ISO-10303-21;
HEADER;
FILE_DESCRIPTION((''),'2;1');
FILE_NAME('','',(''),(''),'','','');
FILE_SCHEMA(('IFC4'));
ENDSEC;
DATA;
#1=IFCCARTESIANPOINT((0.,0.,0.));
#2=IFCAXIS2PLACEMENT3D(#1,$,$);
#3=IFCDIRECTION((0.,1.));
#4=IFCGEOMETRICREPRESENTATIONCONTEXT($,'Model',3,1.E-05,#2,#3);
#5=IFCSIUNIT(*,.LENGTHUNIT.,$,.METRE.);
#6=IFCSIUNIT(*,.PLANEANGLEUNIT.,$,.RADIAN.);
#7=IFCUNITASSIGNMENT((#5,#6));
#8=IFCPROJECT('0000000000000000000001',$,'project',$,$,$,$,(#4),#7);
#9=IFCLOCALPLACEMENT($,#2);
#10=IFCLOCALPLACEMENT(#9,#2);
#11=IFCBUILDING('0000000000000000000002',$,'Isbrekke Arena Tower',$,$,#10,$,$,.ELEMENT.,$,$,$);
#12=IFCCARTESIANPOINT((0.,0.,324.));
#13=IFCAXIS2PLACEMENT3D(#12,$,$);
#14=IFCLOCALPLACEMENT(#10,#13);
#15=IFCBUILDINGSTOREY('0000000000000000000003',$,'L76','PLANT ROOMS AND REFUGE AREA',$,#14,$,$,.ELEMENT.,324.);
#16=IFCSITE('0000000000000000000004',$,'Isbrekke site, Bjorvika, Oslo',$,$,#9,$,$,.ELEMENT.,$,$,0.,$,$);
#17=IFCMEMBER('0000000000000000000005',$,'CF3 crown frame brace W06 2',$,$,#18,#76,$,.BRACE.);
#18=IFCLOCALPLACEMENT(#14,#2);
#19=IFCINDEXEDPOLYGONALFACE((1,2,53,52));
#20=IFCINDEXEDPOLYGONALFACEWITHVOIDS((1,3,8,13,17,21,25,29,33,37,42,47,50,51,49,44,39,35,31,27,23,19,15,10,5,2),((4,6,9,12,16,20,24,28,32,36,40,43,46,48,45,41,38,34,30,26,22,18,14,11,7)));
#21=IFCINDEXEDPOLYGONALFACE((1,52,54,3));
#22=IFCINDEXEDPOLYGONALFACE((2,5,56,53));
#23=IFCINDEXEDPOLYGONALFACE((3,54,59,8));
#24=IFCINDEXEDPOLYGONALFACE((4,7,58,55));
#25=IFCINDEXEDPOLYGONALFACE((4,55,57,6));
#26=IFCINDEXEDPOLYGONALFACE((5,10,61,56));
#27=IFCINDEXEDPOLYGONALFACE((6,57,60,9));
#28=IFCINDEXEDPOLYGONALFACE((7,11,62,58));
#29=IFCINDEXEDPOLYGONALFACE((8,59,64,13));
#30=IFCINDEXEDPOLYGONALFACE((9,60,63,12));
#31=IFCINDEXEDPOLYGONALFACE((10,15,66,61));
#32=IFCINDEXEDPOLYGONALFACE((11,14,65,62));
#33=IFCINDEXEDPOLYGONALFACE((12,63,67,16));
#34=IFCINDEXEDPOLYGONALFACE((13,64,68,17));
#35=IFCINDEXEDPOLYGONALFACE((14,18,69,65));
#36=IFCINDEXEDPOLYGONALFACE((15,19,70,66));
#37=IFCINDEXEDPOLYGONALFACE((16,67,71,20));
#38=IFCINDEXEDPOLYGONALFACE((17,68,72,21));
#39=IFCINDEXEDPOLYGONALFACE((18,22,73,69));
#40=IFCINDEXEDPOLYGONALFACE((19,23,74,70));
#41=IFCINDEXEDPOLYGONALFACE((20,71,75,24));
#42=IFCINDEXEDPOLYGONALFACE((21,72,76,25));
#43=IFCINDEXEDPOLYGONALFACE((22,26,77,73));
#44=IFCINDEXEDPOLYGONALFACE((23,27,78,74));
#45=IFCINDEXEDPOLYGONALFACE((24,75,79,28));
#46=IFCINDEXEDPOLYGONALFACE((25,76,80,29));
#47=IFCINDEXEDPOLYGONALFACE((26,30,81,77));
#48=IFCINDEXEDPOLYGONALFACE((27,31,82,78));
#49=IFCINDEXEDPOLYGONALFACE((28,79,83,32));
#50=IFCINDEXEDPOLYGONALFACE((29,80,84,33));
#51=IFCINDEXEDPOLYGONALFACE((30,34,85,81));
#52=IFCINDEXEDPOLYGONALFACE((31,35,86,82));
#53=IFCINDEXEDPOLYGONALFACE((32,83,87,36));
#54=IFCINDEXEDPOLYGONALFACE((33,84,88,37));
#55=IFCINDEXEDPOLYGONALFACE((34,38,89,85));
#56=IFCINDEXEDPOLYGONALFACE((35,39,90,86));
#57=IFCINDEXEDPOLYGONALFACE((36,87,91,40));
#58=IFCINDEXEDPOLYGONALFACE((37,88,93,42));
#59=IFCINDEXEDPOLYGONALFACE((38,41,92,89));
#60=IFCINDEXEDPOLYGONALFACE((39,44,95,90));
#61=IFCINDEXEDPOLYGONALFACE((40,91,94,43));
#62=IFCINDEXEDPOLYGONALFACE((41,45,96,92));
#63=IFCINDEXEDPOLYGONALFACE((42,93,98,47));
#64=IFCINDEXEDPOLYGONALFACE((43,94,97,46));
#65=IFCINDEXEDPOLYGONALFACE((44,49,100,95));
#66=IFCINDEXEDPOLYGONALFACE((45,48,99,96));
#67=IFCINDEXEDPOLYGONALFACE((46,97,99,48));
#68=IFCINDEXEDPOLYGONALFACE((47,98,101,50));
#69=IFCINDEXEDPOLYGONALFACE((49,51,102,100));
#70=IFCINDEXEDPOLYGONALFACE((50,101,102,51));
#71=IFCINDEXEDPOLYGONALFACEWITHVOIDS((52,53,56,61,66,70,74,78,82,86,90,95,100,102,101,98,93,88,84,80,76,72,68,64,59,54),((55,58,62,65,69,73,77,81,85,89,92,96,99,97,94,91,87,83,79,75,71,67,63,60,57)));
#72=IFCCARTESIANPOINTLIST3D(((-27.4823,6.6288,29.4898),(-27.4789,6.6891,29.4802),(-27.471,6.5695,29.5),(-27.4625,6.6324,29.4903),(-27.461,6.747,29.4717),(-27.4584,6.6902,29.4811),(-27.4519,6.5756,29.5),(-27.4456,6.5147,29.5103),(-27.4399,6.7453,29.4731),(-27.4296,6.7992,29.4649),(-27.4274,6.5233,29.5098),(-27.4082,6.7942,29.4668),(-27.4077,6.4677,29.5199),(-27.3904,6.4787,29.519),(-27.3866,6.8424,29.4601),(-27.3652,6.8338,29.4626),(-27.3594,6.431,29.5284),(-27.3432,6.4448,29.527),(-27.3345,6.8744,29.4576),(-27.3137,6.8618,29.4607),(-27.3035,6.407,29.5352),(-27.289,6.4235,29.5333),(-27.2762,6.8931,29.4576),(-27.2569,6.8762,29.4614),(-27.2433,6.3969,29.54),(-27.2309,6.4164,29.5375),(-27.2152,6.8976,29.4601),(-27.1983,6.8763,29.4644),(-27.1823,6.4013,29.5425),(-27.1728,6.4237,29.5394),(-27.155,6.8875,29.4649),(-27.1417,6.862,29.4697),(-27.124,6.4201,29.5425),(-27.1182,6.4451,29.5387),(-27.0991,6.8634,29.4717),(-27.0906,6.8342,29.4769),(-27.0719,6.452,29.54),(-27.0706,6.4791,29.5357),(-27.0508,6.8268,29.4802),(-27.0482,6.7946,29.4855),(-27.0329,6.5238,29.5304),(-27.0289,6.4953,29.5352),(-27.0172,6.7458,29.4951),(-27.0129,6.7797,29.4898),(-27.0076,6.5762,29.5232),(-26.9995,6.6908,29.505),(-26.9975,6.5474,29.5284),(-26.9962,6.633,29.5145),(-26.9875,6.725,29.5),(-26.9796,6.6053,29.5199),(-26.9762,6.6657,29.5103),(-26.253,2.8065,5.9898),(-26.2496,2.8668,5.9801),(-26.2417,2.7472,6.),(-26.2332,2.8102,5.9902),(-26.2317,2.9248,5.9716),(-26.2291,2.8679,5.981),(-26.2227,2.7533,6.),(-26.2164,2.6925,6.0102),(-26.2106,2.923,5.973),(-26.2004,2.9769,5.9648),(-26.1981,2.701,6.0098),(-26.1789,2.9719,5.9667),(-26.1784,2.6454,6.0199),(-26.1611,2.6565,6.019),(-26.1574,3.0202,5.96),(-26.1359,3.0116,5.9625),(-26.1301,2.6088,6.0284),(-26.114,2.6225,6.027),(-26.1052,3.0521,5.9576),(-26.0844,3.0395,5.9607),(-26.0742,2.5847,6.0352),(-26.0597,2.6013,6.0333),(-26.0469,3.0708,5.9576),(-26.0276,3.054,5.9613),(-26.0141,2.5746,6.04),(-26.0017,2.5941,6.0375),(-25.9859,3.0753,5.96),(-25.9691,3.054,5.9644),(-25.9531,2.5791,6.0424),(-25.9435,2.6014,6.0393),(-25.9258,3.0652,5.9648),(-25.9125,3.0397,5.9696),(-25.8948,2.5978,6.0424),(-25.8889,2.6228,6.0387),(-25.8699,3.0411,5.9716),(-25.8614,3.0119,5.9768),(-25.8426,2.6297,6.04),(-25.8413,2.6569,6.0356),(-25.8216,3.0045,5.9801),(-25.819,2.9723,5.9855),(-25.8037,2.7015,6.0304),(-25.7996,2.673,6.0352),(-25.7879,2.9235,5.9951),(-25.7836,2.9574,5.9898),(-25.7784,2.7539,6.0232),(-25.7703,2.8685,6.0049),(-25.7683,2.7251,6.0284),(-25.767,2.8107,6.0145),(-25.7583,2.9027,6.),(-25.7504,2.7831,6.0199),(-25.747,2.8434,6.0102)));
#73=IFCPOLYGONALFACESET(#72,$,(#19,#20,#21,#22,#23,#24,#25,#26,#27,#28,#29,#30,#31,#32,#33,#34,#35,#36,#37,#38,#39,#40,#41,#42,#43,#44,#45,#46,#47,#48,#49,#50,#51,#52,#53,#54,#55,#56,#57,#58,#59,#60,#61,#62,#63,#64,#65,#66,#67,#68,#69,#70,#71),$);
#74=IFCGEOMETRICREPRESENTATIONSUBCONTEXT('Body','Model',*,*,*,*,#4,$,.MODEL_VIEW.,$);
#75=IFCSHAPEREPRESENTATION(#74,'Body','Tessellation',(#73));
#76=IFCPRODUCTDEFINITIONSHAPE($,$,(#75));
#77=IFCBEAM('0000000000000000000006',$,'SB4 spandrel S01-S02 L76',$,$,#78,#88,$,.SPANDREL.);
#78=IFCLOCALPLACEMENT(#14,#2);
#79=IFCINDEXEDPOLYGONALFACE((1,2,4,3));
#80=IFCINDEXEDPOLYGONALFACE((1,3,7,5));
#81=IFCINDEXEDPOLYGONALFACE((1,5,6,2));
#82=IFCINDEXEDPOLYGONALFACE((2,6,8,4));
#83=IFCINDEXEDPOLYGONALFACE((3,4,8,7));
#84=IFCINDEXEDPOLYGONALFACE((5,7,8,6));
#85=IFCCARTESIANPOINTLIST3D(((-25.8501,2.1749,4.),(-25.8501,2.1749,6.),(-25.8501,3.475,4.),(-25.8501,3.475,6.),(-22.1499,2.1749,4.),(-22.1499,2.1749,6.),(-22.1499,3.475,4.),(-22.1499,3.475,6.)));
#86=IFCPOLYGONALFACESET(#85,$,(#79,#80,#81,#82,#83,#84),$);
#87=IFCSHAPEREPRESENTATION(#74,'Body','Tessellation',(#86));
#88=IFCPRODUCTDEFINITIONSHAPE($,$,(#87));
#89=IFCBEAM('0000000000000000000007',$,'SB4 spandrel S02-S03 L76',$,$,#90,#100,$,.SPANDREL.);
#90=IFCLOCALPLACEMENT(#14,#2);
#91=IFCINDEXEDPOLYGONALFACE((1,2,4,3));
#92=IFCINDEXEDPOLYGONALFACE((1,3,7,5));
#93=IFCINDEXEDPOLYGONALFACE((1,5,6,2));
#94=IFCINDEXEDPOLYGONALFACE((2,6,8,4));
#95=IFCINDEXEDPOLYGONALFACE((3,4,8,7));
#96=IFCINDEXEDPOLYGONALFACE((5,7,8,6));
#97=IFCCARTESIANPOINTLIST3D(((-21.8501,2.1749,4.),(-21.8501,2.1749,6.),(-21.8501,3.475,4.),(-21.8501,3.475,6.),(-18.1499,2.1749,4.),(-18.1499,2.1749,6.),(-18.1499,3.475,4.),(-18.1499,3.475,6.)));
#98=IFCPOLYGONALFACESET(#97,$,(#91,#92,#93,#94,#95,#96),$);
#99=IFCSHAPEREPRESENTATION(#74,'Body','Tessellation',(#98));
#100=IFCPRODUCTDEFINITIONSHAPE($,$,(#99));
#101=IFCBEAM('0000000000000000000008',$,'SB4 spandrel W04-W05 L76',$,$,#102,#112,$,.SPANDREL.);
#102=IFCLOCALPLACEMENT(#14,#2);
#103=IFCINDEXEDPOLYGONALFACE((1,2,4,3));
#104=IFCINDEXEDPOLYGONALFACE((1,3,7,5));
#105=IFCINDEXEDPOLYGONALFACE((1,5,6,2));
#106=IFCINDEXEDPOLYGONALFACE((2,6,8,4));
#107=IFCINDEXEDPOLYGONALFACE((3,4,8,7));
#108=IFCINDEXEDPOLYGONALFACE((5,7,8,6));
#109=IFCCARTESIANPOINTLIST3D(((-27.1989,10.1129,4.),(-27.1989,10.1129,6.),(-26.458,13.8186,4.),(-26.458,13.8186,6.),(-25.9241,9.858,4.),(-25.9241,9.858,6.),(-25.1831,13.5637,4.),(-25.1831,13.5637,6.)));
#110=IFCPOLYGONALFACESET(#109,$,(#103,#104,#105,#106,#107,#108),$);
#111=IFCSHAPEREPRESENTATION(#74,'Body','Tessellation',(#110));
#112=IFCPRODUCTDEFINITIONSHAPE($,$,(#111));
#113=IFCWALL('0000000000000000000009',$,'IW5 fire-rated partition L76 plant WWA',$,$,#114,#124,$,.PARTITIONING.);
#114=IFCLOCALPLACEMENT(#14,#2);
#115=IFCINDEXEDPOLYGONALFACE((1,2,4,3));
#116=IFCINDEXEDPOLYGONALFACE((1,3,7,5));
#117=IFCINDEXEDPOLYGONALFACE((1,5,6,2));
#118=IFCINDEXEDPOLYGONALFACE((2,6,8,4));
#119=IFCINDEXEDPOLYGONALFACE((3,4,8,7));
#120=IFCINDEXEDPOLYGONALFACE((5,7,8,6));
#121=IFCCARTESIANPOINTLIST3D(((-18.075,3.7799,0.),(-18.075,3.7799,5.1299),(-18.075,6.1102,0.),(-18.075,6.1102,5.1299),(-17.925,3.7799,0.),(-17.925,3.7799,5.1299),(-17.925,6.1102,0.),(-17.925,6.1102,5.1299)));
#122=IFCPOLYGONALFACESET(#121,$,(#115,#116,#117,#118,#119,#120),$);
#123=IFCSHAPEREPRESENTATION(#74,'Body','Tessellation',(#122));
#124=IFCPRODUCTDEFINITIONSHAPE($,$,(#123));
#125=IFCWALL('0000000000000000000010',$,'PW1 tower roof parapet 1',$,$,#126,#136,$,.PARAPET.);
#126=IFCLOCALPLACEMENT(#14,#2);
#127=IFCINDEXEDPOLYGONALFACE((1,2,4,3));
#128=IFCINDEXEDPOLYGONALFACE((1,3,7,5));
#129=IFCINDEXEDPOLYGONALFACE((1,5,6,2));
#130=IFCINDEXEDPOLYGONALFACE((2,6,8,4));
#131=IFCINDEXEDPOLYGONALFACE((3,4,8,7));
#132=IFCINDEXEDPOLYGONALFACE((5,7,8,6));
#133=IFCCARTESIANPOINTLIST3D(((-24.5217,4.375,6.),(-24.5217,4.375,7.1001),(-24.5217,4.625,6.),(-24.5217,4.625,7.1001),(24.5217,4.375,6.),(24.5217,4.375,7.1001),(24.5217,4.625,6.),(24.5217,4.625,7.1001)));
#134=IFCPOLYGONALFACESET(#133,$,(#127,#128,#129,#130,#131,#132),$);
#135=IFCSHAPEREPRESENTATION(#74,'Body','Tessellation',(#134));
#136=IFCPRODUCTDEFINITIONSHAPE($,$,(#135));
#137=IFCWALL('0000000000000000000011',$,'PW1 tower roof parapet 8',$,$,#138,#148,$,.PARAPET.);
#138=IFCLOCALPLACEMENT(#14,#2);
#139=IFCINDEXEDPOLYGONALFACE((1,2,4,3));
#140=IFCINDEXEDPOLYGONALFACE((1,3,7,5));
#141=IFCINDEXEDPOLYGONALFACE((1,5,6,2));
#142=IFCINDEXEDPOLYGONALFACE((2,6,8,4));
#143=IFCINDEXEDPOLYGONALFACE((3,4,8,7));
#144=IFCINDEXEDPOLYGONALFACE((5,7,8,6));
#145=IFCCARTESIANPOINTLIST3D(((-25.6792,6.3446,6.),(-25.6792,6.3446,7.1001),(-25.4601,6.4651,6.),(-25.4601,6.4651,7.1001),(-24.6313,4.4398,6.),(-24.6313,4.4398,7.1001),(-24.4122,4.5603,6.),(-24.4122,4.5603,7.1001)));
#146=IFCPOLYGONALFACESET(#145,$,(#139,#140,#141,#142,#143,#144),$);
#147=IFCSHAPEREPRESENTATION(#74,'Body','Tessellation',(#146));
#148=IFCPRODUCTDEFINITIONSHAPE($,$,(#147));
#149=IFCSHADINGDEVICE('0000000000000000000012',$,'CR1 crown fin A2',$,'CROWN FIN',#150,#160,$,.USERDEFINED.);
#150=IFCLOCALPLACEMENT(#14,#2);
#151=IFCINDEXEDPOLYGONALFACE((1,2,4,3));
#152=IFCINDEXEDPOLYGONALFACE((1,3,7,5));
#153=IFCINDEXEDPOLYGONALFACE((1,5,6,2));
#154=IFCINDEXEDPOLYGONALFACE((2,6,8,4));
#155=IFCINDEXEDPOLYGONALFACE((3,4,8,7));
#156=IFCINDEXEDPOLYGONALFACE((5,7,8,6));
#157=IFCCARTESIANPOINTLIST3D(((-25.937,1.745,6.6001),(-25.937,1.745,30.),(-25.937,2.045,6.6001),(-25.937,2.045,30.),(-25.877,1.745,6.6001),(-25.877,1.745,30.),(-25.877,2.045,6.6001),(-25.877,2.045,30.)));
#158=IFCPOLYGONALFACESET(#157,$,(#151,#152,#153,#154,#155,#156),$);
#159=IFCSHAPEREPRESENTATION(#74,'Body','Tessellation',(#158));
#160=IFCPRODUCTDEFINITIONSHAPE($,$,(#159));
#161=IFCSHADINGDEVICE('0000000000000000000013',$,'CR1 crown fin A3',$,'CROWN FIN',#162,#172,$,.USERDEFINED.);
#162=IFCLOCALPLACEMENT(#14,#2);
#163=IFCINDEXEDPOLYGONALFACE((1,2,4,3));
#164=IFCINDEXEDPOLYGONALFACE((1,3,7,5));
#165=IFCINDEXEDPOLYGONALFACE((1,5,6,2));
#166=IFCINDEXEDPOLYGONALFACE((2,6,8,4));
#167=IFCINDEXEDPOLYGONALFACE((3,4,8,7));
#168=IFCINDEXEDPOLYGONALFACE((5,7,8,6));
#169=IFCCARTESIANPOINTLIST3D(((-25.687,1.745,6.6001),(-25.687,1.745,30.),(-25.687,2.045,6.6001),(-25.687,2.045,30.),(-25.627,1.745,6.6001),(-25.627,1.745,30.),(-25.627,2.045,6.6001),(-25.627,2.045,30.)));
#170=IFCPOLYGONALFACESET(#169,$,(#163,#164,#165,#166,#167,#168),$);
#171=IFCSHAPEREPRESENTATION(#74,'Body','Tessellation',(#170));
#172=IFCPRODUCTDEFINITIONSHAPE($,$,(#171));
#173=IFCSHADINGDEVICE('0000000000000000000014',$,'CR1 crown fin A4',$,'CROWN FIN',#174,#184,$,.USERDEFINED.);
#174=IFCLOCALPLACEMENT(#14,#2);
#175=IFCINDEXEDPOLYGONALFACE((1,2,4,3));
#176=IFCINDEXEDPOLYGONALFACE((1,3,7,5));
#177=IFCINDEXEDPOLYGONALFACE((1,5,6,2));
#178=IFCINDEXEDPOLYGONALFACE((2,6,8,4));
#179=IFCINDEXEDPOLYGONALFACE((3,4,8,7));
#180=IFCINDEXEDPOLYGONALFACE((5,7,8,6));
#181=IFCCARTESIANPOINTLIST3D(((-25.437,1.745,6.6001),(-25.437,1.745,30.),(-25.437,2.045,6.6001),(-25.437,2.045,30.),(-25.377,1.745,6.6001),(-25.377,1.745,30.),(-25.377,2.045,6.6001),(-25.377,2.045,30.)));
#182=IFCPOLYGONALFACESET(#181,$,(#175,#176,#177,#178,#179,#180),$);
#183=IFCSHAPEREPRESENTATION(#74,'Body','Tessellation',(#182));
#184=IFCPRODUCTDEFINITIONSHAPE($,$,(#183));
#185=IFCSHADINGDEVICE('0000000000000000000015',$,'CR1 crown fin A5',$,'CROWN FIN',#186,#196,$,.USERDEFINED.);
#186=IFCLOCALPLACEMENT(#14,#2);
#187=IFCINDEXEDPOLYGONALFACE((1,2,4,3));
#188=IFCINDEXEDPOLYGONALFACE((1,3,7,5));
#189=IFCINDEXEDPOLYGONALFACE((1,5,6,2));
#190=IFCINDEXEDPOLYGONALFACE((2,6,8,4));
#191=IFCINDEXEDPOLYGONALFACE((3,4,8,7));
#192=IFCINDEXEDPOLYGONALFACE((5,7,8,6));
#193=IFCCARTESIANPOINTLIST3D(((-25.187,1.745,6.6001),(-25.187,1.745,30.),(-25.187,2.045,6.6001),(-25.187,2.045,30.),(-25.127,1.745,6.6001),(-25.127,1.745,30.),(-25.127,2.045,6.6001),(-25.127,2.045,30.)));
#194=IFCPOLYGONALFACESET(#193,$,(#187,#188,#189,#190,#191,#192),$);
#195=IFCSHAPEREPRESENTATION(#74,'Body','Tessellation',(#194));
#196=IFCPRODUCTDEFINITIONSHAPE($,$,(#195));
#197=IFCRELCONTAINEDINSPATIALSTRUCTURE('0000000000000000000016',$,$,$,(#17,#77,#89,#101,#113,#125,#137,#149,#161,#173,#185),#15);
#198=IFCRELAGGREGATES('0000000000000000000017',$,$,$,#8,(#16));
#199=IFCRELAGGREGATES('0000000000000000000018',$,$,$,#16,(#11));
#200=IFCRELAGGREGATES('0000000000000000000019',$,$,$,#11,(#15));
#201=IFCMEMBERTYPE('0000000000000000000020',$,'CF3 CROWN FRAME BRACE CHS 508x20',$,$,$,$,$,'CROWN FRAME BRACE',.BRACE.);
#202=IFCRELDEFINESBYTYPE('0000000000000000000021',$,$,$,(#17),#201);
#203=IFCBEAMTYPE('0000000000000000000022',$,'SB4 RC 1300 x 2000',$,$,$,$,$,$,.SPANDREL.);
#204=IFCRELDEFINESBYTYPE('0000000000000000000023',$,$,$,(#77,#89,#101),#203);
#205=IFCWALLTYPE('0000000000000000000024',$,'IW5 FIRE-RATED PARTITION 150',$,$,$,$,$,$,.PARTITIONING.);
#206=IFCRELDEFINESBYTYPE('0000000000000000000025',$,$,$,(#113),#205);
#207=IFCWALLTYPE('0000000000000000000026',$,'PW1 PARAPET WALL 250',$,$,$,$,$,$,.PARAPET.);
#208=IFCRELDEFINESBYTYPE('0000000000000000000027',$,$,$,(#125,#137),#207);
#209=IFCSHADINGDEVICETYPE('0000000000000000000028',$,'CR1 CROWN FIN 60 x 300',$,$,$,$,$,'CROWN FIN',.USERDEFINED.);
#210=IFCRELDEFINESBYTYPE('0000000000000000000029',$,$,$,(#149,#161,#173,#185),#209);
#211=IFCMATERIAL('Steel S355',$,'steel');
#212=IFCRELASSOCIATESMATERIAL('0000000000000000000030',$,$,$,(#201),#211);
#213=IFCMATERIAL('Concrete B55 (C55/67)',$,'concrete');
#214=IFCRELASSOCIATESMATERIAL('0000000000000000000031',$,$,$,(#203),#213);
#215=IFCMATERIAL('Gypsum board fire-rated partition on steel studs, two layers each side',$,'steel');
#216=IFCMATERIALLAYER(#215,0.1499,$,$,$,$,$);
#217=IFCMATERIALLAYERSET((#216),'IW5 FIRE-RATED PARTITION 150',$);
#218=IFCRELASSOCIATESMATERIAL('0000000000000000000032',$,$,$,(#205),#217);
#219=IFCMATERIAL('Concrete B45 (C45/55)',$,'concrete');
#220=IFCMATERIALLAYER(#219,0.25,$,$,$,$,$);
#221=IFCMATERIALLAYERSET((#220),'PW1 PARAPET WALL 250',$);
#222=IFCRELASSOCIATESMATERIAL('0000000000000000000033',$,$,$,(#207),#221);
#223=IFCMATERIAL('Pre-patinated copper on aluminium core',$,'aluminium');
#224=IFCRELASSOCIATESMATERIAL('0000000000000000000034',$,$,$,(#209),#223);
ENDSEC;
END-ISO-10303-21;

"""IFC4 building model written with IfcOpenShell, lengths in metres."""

from ifc_helpers import new_model, si_unit, direction, frame, frame_2d, origin, origin_2d, place, context, subcontext, project, spatial, rectangle, hollow_circle, extrude, material, layer, layer_set, material_profile, profile_set, type_object, element, save


model = new_model("IFC4")

# Units and contexts
model_context = context("Model", 3, precision=1e-05, world=origin(), true_north=direction((0.0, 1.0)))
body_context = subcontext(model_context, "Body", "Model", "MODEL_VIEW")
ifc_project = project(units=[si_unit("LENGTHUNIT", "METRE"), si_unit("PLANEANGLEUNIT", "RADIAN")], contexts=[model_context])

# Site, building, storey
site_placement = place(None, origin())
site = spatial("IfcSite", under=ifc_project, at=site_placement, Name="Isbrekke site, Bjorvika, Oslo", CompositionType="ELEMENT", RefElevation=0.0)
building_placement = place(site_placement, origin())
building = spatial("IfcBuilding", under=site, at=building_placement, Name="Isbrekke Arena Tower", CompositionType="ELEMENT")
storey_placement = place(building_placement, frame((0.0, 0.0, 324.0)))
storey = spatial("IfcBuildingStorey", under=building, at=storey_placement, Name="L76", Description="PLANT ROOMS AND REFUGE AREA", CompositionType="ELEMENT", Elevation=324.0)

# Member
ifc_material_1 = material(Name="Steel S355", Category="steel")
ifc_material_profile_1 = material_profile(ifc_material_1, hollow_circle(Radius=0.2539, WallThickness=0.02, at=origin_2d()), Name="CHS 508x20")
ifc_profile_set_1 = profile_set([ifc_material_profile_1], Name="Steel S355")
member_type = type_object("IfcMemberType", Name="CF3 CROWN FRAME BRACE CHS 508x20", ElementType="CROWN FRAME BRACE", PredefinedType="BRACE", material=ifc_profile_set_1)
member_1_placement = place(storey_placement, frame((-26.0, 2.825, 6.0), z_axis=(-0.051561, 0.160326, 0.985716), x_axis=(-0.95198, -0.306159, 0.0)))
element("IfcMember", 1, at=member_1_placement, inside=storey, type_object=member_type, Name="CF3 crown frame brace W06 2", PredefinedType="BRACE", context=body_context, shape_type="SweptSolid", body=[
    extrude(hollow_circle(Radius=0.2539, WallThickness=0.02, at=origin_2d()), origin(), (0.0, 0.0, 1.0), 23.8406),
])

# Beams
ifc_material_2 = material(Name="Concrete B55 (C55/67)", Category="concrete")
ifc_material_profile_2 = material_profile(ifc_material_2, rectangle(XDim=1.3, YDim=2.0, at=origin_2d()), Name="RC 1300x2000")
ifc_profile_set_2 = profile_set([ifc_material_profile_2], Name="Concrete B55 (C55/67)")
beam_type_1 = type_object("IfcBeamType", Name="SB4 RC 1300 x 2000", PredefinedType="SPANDREL", material=ifc_profile_set_2)
for number, where, z_axis, x_axis, name in (
    (2, (-25.8501, 2.825, 5.0), (1.0, 0.0, 0.0), (0.0, 1.0, 0.0), "SB4 spandrel S01-S02 L76"),
    (3, (-21.8501, 2.825, 5.0), (1.0, 0.0, 0.0), (0.0, 1.0, 0.0), "SB4 spandrel S02-S03 L76"),
):
    element("IfcBeam", number, at=place(storey_placement, frame(where, z_axis=z_axis, x_axis=x_axis)), inside=storey, type_object=beam_type_1, Name=name, PredefinedType="SPANDREL", context=body_context, shape_type="SweptSolid", body=[
        extrude(rectangle(XDim=1.3, YDim=2.0, at=origin_2d()), origin(), (0.0, 0.0, 1.0), 3.7002),
    ])
beam_1_placement = place(storey_placement, frame((-25.8206, 13.6912, 5.0), z_axis=(-0.196066, -0.980591, 0.0), x_axis=(0.980591, -0.196066, 0.0)))
element("IfcBeam", 4, at=beam_1_placement, inside=storey, type_object=beam_type_1, Name="SB4 spandrel W04-W05 L76", PredefinedType="SPANDREL", context=body_context, shape_type="SweptSolid", body=[
    extrude(rectangle(XDim=1.3, YDim=2.0, at=origin_2d()), origin(), (0.0, 0.0, 1.0), 3.7791),
])

# Walls
ifc_material_3 = material(Name="Gypsum board fire-rated partition on steel studs, two layers each side", Category="steel")
ifc_layer_1 = layer(ifc_material_3, 0.1499)
ifc_layer_set_1 = layer_set([ifc_layer_1], Name="IW5 FIRE-RATED PARTITION 150")
wall_type_1 = type_object("IfcWallType", Name="IW5 FIRE-RATED PARTITION 150", PredefinedType="PARTITIONING", material=ifc_layer_set_1)
wall_1_placement = place(storey_placement, frame((-18.0, 3.78, 0.0), z_axis=(0.0, 0.0, 1.0), x_axis=(0.0, 1.0, 0.0)))
element("IfcWall", 5, at=wall_1_placement, inside=storey, type_object=wall_type_1, Name="IW5 fire-rated partition L76 plant WWA", PredefinedType="PARTITIONING", context=body_context, shape_type="SweptSolid", body=[
    extrude(rectangle(XDim=2.3303, YDim=0.1499, at=frame_2d((1.165, 0.0))), origin(), (0.0, 0.0, 1.0), 5.1299),
])
ifc_material_4 = material(Name="Concrete B45 (C45/55)", Category="concrete")
ifc_layer_2 = layer(ifc_material_4, 0.25)
ifc_layer_set_2 = layer_set([ifc_layer_2], Name="PW1 PARAPET WALL 250")
wall_type_2 = type_object("IfcWallType", Name="PW1 PARAPET WALL 250", PredefinedType="PARAPET", material=ifc_layer_set_2)
wall_2_placement = place(storey_placement, frame((-24.5217, 4.5, 6.0), z_axis=(0.0, 0.0, 1.0), x_axis=(1.0, 0.0, 0.0)))
element("IfcWall", 6, at=wall_2_placement, inside=storey, type_object=wall_type_2, Name="PW1 tower roof parapet 1", PredefinedType="PARAPET", context=body_context, shape_type="SweptSolid", body=[
    extrude(rectangle(XDim=49.0435, YDim=0.25, at=frame_2d((24.5217, 0.0))), origin(), (0.0, 0.0, 1.0), 1.1001),
])
wall_3_placement = place(storey_placement, frame((-25.5696, 6.4048, 6.0), z_axis=(0.0, 0.0, 1.0), x_axis=(0.481996, -0.876173, 0.0)))
element("IfcWall", 7, at=wall_3_placement, inside=storey, type_object=wall_type_2, Name="PW1 tower roof parapet 8", PredefinedType="PARAPET", context=body_context, shape_type="SweptSolid", body=[
    extrude(rectangle(XDim=2.1741, YDim=0.25, at=frame_2d((1.0869, 0.0))), origin(), (0.0, 0.0, 1.0), 1.1001),
])

# Shading devices
ifc_material_5 = material(Name="Pre-patinated copper on aluminium core", Category="aluminium")
ifc_material_profile_3 = material_profile(ifc_material_5, rectangle(XDim=0.0601, YDim=0.3, at=origin_2d()), Name="FIN 60X300")
ifc_profile_set_3 = profile_set([ifc_material_profile_3], Name="Pre-patinated copper on aluminium core")
shading_device_type = type_object("IfcShadingDeviceType", Name="CR1 CROWN FIN 60 x 300", ElementType="CROWN FIN", PredefinedType="USERDEFINED", material=ifc_profile_set_3)
for number, where, z_axis, x_axis, name in (
    (8, (-25.907, 1.895, 6.6001), (0.0, 0.0, 1.0), (1.0, 0.0, 0.0), "CR1 crown fin A2"),
    (9, (-25.657, 1.895, 6.6001), (0.0, 0.0, 1.0), (1.0, 0.0, 0.0), "CR1 crown fin A3"),
    (10, (-25.407, 1.895, 6.6001), (0.0, 0.0, 1.0), (1.0, 0.0, 0.0), "CR1 crown fin A4"),
    (11, (-25.157, 1.895, 6.6001), (0.0, 0.0, 1.0), (1.0, 0.0, 0.0), "CR1 crown fin A5"),
):
    element("IfcShadingDevice", number, at=place(storey_placement, frame(where, z_axis=z_axis, x_axis=x_axis)), inside=storey, type_object=shading_device_type, Name=name, ObjectType="CROWN FIN", PredefinedType="USERDEFINED", context=body_context, shape_type="SweptSolid", body=[
        extrude(rectangle(XDim=0.0601, YDim=0.3, at=origin_2d()), origin(), (0.0, 0.0, 1.0), 23.3999),
    ])

save(model, "model.ifc")
